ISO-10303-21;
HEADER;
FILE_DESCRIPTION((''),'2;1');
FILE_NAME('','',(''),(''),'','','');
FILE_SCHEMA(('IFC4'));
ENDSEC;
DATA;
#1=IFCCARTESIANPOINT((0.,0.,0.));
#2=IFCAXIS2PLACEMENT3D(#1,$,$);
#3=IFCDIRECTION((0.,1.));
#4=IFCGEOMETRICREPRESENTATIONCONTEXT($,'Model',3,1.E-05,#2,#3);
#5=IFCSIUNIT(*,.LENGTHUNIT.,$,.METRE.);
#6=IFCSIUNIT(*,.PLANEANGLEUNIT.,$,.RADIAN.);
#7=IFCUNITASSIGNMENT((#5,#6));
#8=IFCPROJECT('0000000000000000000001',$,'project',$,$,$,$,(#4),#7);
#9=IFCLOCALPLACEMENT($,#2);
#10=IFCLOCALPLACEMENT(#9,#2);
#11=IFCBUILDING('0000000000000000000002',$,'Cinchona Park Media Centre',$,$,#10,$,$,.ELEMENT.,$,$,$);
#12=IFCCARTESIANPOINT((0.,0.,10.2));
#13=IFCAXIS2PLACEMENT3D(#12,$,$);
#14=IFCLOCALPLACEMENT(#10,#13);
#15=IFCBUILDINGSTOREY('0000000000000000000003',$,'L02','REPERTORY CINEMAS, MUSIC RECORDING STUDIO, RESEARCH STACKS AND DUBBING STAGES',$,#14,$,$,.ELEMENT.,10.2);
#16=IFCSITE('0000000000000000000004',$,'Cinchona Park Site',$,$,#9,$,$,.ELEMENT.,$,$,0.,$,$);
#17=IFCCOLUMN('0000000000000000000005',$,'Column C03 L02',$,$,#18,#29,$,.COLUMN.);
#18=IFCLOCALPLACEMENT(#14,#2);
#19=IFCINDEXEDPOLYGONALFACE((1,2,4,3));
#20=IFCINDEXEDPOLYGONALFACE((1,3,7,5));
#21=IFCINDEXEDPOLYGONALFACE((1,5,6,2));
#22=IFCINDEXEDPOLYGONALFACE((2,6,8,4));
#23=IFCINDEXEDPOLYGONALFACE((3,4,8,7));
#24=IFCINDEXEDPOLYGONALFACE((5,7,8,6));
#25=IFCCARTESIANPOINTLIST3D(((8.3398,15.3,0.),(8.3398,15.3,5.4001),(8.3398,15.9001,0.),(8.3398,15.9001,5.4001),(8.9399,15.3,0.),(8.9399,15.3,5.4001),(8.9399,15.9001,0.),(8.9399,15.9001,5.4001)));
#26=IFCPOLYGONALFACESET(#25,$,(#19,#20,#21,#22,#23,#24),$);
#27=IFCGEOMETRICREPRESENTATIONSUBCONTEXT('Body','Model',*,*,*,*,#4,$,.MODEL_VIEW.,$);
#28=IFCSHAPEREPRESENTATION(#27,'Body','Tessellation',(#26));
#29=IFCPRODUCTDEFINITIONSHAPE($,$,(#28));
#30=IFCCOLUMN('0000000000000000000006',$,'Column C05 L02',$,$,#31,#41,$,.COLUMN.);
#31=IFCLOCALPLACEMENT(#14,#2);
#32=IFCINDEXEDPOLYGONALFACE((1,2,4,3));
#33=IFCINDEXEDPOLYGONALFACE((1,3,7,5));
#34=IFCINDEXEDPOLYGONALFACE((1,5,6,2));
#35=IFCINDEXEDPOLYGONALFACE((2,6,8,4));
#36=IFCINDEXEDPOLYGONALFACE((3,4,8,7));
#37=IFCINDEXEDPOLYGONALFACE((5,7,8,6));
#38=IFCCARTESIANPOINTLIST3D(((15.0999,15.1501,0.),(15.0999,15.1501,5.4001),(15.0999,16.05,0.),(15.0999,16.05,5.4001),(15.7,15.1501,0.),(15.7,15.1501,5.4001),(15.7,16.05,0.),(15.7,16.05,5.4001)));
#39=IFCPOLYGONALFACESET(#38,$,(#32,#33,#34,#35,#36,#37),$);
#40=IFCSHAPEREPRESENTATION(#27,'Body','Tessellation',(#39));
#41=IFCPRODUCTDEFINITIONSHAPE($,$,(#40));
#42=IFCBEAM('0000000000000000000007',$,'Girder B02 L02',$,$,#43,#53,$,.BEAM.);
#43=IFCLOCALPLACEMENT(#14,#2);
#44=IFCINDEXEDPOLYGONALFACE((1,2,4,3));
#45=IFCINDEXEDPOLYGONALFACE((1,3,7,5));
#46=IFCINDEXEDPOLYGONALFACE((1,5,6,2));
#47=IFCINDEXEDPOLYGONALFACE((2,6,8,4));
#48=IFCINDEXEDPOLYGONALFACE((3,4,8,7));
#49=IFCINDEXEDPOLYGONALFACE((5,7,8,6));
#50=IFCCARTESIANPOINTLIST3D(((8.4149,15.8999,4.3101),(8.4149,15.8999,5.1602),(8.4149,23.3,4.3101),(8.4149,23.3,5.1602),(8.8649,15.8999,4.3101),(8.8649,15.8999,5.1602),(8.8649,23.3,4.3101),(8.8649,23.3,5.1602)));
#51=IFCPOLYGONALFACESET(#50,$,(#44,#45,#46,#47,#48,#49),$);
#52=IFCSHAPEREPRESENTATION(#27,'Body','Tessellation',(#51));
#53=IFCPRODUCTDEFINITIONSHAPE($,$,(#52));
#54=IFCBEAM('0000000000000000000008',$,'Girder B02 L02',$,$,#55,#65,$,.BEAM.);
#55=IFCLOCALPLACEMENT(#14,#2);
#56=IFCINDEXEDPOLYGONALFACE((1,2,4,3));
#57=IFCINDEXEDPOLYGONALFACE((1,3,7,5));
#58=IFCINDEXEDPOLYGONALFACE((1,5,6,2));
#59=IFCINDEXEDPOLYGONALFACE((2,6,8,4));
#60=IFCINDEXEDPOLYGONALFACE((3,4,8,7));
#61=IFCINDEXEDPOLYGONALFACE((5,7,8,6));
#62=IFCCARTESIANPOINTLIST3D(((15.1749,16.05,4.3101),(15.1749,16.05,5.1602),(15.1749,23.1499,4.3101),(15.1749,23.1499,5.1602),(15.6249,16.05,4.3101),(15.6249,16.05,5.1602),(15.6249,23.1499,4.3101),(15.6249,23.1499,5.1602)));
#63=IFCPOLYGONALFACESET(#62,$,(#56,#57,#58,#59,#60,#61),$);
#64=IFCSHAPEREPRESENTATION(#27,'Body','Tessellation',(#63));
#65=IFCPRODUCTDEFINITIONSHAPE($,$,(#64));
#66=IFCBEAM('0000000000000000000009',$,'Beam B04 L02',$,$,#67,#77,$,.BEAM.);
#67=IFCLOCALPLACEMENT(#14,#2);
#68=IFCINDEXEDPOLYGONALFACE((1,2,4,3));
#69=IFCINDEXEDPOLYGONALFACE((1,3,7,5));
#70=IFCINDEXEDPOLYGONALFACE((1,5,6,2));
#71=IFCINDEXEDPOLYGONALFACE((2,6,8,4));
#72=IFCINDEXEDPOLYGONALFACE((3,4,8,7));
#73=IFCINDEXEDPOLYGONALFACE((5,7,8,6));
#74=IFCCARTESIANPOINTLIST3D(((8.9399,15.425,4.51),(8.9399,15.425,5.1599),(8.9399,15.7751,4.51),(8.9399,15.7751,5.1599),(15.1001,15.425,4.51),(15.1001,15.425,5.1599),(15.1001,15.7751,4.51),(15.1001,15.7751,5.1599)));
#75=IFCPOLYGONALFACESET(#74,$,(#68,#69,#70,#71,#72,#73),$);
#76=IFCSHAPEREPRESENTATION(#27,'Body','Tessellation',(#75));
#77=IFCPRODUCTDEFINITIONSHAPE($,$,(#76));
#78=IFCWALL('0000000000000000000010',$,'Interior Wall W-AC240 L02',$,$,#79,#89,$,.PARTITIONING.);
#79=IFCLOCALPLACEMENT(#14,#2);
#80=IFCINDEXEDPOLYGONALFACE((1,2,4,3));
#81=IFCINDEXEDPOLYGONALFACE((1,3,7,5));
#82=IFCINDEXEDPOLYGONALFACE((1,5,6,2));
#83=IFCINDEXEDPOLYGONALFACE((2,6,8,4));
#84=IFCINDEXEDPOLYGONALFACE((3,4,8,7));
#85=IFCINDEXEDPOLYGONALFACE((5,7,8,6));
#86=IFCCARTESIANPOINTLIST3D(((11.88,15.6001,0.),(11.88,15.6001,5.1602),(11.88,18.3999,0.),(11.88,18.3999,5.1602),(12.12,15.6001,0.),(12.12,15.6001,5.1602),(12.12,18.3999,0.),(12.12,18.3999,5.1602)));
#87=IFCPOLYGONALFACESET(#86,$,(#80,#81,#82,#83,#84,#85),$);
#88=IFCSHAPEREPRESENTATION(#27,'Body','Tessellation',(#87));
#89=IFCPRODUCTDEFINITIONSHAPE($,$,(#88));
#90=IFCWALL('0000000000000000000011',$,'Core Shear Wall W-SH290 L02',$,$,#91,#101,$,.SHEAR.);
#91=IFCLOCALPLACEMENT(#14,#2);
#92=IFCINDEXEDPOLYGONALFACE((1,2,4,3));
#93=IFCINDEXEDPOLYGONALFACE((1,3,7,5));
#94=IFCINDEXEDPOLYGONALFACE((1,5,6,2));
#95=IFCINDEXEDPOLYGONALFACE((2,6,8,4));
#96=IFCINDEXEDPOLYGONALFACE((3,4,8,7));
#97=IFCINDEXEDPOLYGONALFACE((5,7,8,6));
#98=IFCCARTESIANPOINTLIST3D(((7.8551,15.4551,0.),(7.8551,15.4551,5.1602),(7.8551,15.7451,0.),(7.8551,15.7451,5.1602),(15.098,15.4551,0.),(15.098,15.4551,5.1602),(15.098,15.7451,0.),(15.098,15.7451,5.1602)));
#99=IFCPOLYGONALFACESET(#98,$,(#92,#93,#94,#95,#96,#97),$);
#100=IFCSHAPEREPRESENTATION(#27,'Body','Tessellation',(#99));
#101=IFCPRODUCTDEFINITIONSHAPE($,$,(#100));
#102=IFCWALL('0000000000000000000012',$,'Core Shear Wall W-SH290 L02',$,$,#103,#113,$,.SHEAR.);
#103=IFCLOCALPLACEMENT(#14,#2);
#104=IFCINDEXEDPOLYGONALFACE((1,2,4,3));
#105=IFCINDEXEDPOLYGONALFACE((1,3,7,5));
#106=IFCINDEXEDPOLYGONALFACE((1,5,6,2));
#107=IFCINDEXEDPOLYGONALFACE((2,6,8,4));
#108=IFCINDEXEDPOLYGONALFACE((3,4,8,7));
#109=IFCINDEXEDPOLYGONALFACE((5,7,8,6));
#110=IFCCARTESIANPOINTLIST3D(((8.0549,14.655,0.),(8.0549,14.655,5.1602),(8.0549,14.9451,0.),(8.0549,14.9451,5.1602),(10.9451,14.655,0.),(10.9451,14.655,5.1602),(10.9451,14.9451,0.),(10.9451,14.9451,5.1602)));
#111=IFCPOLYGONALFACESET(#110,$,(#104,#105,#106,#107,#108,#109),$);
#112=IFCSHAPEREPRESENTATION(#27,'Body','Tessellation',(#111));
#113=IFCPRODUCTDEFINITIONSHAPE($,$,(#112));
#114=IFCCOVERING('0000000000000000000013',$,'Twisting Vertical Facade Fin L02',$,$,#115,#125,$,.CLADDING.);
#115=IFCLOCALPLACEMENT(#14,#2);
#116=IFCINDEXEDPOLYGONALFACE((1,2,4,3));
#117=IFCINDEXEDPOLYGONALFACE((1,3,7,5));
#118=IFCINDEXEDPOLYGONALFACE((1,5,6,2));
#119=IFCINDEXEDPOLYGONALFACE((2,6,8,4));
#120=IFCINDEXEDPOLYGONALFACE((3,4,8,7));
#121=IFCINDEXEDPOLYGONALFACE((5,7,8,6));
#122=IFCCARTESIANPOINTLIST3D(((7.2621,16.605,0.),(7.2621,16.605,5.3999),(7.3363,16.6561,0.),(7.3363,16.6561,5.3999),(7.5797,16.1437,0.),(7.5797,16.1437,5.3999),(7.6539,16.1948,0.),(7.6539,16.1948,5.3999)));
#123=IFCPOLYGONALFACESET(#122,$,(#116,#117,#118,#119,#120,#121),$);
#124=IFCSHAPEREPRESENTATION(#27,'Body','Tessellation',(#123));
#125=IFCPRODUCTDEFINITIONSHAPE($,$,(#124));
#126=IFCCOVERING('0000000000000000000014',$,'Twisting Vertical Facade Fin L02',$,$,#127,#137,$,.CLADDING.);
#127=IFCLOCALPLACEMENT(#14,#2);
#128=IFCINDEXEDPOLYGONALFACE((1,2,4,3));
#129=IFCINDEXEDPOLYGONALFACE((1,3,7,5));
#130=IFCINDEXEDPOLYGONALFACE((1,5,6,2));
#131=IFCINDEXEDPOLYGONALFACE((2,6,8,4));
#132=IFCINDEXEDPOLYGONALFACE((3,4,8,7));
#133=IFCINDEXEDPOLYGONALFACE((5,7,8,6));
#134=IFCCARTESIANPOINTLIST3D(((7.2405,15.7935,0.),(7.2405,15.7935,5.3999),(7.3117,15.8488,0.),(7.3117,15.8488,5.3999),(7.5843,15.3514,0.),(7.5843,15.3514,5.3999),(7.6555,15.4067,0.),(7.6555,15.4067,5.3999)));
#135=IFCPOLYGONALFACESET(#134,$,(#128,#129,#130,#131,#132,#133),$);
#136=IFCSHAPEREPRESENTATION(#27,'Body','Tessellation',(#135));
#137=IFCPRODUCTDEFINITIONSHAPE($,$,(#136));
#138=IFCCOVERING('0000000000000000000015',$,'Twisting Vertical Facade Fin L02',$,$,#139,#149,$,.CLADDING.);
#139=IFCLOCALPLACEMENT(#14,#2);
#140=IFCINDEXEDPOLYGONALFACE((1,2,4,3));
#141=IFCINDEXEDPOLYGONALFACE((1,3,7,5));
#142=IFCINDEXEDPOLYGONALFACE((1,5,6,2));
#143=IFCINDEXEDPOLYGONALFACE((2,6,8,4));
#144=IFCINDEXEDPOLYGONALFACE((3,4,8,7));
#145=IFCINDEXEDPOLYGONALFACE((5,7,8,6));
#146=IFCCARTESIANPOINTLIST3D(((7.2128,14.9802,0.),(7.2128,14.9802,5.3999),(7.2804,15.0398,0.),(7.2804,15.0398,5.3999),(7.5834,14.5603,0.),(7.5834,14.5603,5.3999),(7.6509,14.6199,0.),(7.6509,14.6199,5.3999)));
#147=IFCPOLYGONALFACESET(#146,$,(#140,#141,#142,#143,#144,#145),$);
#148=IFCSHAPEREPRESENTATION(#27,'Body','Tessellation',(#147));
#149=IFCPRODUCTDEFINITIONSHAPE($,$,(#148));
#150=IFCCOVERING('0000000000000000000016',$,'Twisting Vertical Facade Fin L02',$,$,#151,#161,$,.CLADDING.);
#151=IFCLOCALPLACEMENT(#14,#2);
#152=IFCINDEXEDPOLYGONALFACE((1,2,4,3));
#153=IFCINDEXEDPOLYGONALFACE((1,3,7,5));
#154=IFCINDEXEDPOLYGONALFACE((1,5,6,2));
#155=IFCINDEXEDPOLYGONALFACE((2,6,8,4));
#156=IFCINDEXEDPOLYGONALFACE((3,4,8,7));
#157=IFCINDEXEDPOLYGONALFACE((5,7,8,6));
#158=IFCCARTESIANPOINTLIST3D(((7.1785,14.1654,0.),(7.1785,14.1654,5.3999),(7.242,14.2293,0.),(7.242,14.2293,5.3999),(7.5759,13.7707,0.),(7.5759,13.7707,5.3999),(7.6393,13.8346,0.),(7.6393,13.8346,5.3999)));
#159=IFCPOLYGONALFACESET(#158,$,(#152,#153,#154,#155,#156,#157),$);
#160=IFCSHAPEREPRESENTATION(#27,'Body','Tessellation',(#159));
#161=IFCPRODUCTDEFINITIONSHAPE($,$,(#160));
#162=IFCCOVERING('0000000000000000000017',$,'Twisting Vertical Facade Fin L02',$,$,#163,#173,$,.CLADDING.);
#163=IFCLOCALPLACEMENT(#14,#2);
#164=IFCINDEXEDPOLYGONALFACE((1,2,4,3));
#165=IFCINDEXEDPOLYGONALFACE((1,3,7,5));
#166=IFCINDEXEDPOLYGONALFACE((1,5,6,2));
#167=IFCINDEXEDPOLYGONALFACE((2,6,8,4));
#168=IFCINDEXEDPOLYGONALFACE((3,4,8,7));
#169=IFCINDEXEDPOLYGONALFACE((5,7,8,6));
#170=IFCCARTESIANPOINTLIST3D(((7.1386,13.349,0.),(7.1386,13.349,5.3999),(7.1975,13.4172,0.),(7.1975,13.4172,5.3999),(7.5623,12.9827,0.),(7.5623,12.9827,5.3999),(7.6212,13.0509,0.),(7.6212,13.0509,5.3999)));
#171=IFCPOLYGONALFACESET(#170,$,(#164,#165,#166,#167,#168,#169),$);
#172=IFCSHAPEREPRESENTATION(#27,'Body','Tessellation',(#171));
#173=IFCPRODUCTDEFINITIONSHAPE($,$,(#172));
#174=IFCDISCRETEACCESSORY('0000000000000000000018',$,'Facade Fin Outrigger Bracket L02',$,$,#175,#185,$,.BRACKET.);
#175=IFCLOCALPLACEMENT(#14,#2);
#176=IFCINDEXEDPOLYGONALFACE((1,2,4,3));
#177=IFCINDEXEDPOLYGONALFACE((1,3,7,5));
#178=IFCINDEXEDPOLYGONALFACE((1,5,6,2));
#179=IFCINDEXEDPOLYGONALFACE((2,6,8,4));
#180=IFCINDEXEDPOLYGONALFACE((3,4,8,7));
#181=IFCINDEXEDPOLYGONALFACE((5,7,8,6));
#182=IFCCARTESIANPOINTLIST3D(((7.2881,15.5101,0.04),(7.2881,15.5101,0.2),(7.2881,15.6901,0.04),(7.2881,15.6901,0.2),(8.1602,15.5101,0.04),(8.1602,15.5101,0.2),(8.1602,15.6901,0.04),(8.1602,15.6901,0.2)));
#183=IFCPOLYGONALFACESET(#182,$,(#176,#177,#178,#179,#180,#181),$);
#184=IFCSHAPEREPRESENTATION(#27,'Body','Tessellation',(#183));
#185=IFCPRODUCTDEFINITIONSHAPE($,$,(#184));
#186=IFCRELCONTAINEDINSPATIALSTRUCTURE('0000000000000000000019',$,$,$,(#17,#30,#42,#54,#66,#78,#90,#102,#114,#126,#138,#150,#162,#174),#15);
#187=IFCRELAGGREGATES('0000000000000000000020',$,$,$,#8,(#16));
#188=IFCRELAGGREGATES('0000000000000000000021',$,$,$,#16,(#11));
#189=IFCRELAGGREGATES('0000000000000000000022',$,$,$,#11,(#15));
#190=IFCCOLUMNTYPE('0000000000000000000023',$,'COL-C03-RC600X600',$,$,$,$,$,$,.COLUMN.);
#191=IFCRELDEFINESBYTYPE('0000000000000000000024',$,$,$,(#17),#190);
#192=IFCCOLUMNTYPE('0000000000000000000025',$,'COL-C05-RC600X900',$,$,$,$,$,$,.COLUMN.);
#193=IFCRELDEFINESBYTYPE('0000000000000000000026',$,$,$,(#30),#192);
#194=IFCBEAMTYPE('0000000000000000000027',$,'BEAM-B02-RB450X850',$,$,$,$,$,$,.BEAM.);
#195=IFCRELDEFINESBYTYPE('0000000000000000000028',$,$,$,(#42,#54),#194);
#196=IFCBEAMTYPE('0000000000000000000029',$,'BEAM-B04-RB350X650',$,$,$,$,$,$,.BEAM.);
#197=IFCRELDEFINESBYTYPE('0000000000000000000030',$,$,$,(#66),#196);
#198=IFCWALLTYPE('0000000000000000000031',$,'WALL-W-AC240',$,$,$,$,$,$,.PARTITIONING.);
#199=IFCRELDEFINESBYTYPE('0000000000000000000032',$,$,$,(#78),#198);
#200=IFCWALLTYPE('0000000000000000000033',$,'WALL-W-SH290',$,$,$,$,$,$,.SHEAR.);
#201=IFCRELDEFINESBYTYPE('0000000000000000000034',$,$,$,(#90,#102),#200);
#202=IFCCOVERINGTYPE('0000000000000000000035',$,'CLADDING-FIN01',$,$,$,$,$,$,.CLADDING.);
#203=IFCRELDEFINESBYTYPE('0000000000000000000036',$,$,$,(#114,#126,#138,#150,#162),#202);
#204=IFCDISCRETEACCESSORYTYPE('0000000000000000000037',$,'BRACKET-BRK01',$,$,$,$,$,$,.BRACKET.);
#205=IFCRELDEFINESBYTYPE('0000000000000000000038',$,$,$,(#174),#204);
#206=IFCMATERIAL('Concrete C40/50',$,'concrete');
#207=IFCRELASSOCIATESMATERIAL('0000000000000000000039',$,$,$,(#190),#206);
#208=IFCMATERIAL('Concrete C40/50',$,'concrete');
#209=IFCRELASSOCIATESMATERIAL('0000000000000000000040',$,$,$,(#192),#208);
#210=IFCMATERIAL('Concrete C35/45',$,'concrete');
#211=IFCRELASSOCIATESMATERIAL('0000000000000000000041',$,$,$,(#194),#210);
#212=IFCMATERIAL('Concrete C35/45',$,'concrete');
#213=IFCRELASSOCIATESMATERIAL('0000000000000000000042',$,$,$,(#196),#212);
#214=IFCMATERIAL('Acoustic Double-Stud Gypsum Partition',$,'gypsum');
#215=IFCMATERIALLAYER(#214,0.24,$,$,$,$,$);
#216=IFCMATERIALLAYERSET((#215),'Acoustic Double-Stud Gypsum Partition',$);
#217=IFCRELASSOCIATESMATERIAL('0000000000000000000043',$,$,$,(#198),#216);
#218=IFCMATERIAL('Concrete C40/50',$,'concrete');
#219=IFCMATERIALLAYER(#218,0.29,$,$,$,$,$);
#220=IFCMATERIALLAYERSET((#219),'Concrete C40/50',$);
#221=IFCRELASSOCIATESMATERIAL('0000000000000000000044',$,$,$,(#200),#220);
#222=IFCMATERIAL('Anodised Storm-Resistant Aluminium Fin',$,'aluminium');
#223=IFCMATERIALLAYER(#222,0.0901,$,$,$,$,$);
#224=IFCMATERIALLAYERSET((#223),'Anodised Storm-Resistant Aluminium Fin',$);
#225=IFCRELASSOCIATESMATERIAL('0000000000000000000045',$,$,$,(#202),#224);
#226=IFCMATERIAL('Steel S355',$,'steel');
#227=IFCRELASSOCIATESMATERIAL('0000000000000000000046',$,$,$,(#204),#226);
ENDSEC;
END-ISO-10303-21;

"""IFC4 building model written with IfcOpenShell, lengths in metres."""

from ifc_helpers import new_model, si_unit, direction, frame, frame_2d, origin, origin_2d, place, context, subcontext, project, spatial, rectangle, extrude, material, layer, layer_set, material_profile, profile_set, type_object, element, save


model = new_model("IFC4")

# Units and contexts
model_context = context("Model", 3, precision=1e-05, world=origin(), true_north=direction((0.0, 1.0)))
body_context = subcontext(model_context, "Body", "Model", "MODEL_VIEW")
ifc_project = project(units=[si_unit("LENGTHUNIT", "METRE"), si_unit("PLANEANGLEUNIT", "RADIAN")], contexts=[model_context])

# Site, building, storey
site_placement = place(None, origin())
site = spatial("IfcSite", under=ifc_project, at=site_placement, Name="Cinchona Park Site", CompositionType="ELEMENT", RefElevation=0.0)
building_placement = place(site_placement, origin())
building = spatial("IfcBuilding", under=site, at=building_placement, Name="Cinchona Park Media Centre", CompositionType="ELEMENT")
storey_placement = place(building_placement, frame((0.0, 0.0, 10.2)))
storey = spatial("IfcBuildingStorey", under=building, at=storey_placement, Name="L02", Description="REPERTORY CINEMAS, MUSIC RECORDING STUDIO, RESEARCH STACKS AND DUBBING STAGES", CompositionType="ELEMENT", Elevation=10.2)

# Columns
ifc_material_1 = material(Name="Concrete C40/50", Category="concrete")
ifc_material_profile_1 = material_profile(ifc_material_1, rectangle(XDim=0.6001, YDim=0.6001, at=origin_2d()), Name="RC 600X600")
ifc_profile_set_1 = profile_set([ifc_material_profile_1], Name="Concrete C40/50")
column_type_1 = type_object("IfcColumnType", Name="COL-C03-RC600X600", PredefinedType="COLUMN", material=ifc_profile_set_1)
column_1_placement = place(storey_placement, frame((8.6399, 15.6001, 0.0), z_axis=(0.0, 0.0, 1.0), x_axis=(1.0, 0.0, 0.0)))
element("IfcColumn", 1, at=column_1_placement, inside=storey, type_object=column_type_1, Name="Column C03 L02", PredefinedType="COLUMN", context=body_context, shape_type="SweptSolid", body=[
    extrude(rectangle(XDim=0.6001, YDim=0.6001, at=origin_2d()), origin(), (0.0, 0.0, 1.0), 5.4001),
])
ifc_material_2 = material(Name="Concrete C40/50", Category="concrete")
ifc_material_profile_2 = material_profile(ifc_material_2, rectangle(XDim=0.6001, YDim=0.8999, at=origin_2d()), Name="RC 600X900")
ifc_profile_set_2 = profile_set([ifc_material_profile_2], Name="Concrete C40/50")
column_type_2 = type_object("IfcColumnType", Name="COL-C05-RC600X900", PredefinedType="COLUMN", material=ifc_profile_set_2)
column_2_placement = place(storey_placement, frame((15.3999, 15.6001, 0.0), z_axis=(0.0, 0.0, 1.0), x_axis=(1.0, 0.0, 0.0)))
element("IfcColumn", 2, at=column_2_placement, inside=storey, type_object=column_type_2, Name="Column C05 L02", PredefinedType="COLUMN", context=body_context, shape_type="SweptSolid", body=[
    extrude(rectangle(XDim=0.6001, YDim=0.8999, at=origin_2d()), origin(), (0.0, 0.0, 1.0), 5.4001),
])

# Beams
ifc_material_3 = material(Name="Concrete C35/45", Category="concrete")
ifc_material_profile_3 = material_profile(ifc_material_3, rectangle(XDim=0.45, YDim=0.8501, at=origin_2d()), Name="RB 450X850")
ifc_profile_set_3 = profile_set([ifc_material_profile_3], Name="Concrete C35/45")
beam_type_1 = type_object("IfcBeamType", Name="BEAM-B02-RB450X850", PredefinedType="BEAM", material=ifc_profile_set_3)
beam_1_placement = place(storey_placement, frame((8.6399, 15.8999, 4.7351), z_axis=(0.0, 1.0, 0.0), x_axis=(-1.0, 0.0, 0.0)))
element("IfcBeam", 3, at=beam_1_placement, inside=storey, type_object=beam_type_1, Name="Girder B02 L02", PredefinedType="BEAM", context=body_context, shape_type="SweptSolid", body=[
    extrude(rectangle(XDim=0.45, YDim=0.8501, at=origin_2d()), origin(), (0.0, 0.0, 1.0), 7.4001),
])
beam_2_placement = place(storey_placement, frame((15.3999, 16.05, 4.7351), z_axis=(0.0, 1.0, 0.0), x_axis=(-1.0, 0.0, 0.0)))
element("IfcBeam", 4, at=beam_2_placement, inside=storey, type_object=beam_type_1, Name="Girder B02 L02", PredefinedType="BEAM", context=body_context, shape_type="SweptSolid", body=[
    extrude(rectangle(XDim=0.45, YDim=0.8501, at=origin_2d()), origin(), (0.0, 0.0, 1.0), 7.0999),
])
ifc_material_4 = material(Name="Concrete C35/45", Category="concrete")
ifc_material_profile_4 = material_profile(ifc_material_4, rectangle(XDim=0.3501, YDim=0.6499, at=origin_2d()), Name="RB 350X650")
ifc_profile_set_4 = profile_set([ifc_material_profile_4], Name="Concrete C35/45")
beam_type_2 = type_object("IfcBeamType", Name="BEAM-B04-RB350X650", PredefinedType="BEAM", material=ifc_profile_set_4)
beam_3_placement = place(storey_placement, frame((8.9399, 15.6001, 4.835), z_axis=(1.0, 0.0, 0.0), x_axis=(0.0, 1.0, 0.0)))
element("IfcBeam", 5, at=beam_3_placement, inside=storey, type_object=beam_type_2, Name="Beam B04 L02", PredefinedType="BEAM", context=body_context, shape_type="SweptSolid", body=[
    extrude(rectangle(XDim=0.3501, YDim=0.6499, at=origin_2d()), origin(), (0.0, 0.0, 1.0), 6.1602),
])

# Shared definitions
ifc_material_5 = material(Name="Acoustic Double-Stud Gypsum Partition", Category="gypsum")
ifc_layer_1 = layer(ifc_material_5, 0.24)
ifc_layer_set_1 = layer_set([ifc_layer_1], Name="Acoustic Double-Stud Gypsum Partition")
wall_type_1 = type_object("IfcWallType", Name="WALL-W-AC240", PredefinedType="PARTITIONING", material=ifc_layer_set_1)

# Walls
wall_1_placement = place(storey_placement, frame((12.0, 15.6001, 0.0), z_axis=(0.0, 0.0, 1.0), x_axis=(0.0, 1.0, 0.0)))
element("IfcWall", 6, at=wall_1_placement, inside=storey, type_object=wall_type_1, Name="Interior Wall W-AC240 L02", PredefinedType="PARTITIONING", context=body_context, shape_type="SweptSolid", body=[
    extrude(rectangle(XDim=2.7998, YDim=0.24, at=frame_2d((1.3999, 0.0))), origin(), (0.0, 0.0, 1.0), 5.1602),
])
ifc_material_6 = material(Name="Concrete C40/50", Category="concrete")
ifc_layer_2 = layer(ifc_material_6, 0.29)
ifc_layer_set_2 = layer_set([ifc_layer_2], Name="Concrete C40/50")
wall_type_2 = type_object("IfcWallType", Name="WALL-W-SH290", PredefinedType="SHEAR", material=ifc_layer_set_2)
wall_2_placement = place(storey_placement, frame((7.855, 15.6001, 0.0), z_axis=(0.0, 0.0, 1.0), x_axis=(1.0, 0.0, 0.0)))
element("IfcWall", 7, at=wall_2_placement, inside=storey, type_object=wall_type_2, Name="Core Shear Wall W-SH290 L02", PredefinedType="SHEAR", context=body_context, shape_type="SweptSolid", body=[
    extrude(rectangle(XDim=7.2429, YDim=0.29, at=frame_2d((3.6216, 0.0))), origin(), (0.0, 0.0, 1.0), 5.1602),
])
wall_3_placement = place(storey_placement, frame((8.0549, 14.8, 0.0), z_axis=(0.0, 0.0, 1.0), x_axis=(1.0, 0.0, 0.0)))
element("IfcWall", 8, at=wall_3_placement, inside=storey, type_object=wall_type_2, Name="Core Shear Wall W-SH290 L02", PredefinedType="SHEAR", context=body_context, shape_type="SweptSolid", body=[
    extrude(rectangle(XDim=2.8901, YDim=0.29, at=frame_2d((1.4451, 0.0))), origin(), (0.0, 0.0, 1.0), 5.1602),
])

# Coverings
ifc_material_7 = material(Name="Anodised Storm-Resistant Aluminium Fin", Category="aluminium")
ifc_layer_3 = layer(ifc_material_7, 0.0901)
ifc_layer_set_3 = layer_set([ifc_layer_3], Name="Anodised Storm-Resistant Aluminium Fin")
covering_type = type_object("IfcCoveringType", Name="CLADDING-FIN01", PredefinedType="CLADDING", material=ifc_layer_set_3)
for number, where, z_axis, x_axis, name in (
    (9, (7.458, 16.3999, 0.0), (0.0, 0.0, 1.0), (0.567125, -0.823632, 0.0), "Twisting Vertical Facade Fin L02"),
    (10, (7.448, 15.6001, 0.0), (0.0, 0.0, 1.0), (0.613872, -0.789406, 0.0), "Twisting Vertical Facade Fin L02"),
    (11, (7.4319, 14.8, 0.0), (0.0, 0.0, 1.0), (0.661574, -0.74988, 0.0), "Twisting Vertical Facade Fin L02"),
    (12, (7.4089, 14.0, 0.0), (0.0, 0.0, 1.0), (0.709448, -0.704758, 0.0), "Twisting Vertical Facade Fin L02"),
    (13, (7.3799, 13.2, 0.0), (0.0, 0.0, 1.0), (0.756539, -0.653949, 0.0), "Twisting Vertical Facade Fin L02"),
):
    element("IfcCovering", number, at=place(storey_placement, frame(where, z_axis=z_axis, x_axis=x_axis)), inside=storey, type_object=covering_type, Name=name, PredefinedType="CLADDING", context=body_context, shape_type="SweptSolid", body=[
        extrude(rectangle(XDim=0.5601, YDim=0.0901, at=origin_2d()), origin(), (0.0, 0.0, 1.0), 5.3999),
    ])

# Discrete accessory
ifc_material_8 = material(Name="Steel S355", Category="steel")
discrete_accessory_type = type_object("IfcDiscreteAccessoryType", Name="BRACKET-BRK01", PredefinedType="BRACKET", material=ifc_material_8)
discrete_accessory_1_placement = place(storey_placement, frame((7.7241, 15.6001, 0.04), z_axis=(0.0, 0.0, 1.0), x_axis=(0.0, -1.0, 0.0)))
element("IfcDiscreteAccessory", 14, at=discrete_accessory_1_placement, inside=storey, type_object=discrete_accessory_type, Name="Facade Fin Outrigger Bracket L02", PredefinedType="BRACKET", context=body_context, shape_type="SweptSolid", body=[
    extrude(rectangle(XDim=0.1799, YDim=0.8721, at=origin_2d()), origin(), (0.0, 0.0, 1.0), 0.1599),
])

save(model, "model.ifc")
